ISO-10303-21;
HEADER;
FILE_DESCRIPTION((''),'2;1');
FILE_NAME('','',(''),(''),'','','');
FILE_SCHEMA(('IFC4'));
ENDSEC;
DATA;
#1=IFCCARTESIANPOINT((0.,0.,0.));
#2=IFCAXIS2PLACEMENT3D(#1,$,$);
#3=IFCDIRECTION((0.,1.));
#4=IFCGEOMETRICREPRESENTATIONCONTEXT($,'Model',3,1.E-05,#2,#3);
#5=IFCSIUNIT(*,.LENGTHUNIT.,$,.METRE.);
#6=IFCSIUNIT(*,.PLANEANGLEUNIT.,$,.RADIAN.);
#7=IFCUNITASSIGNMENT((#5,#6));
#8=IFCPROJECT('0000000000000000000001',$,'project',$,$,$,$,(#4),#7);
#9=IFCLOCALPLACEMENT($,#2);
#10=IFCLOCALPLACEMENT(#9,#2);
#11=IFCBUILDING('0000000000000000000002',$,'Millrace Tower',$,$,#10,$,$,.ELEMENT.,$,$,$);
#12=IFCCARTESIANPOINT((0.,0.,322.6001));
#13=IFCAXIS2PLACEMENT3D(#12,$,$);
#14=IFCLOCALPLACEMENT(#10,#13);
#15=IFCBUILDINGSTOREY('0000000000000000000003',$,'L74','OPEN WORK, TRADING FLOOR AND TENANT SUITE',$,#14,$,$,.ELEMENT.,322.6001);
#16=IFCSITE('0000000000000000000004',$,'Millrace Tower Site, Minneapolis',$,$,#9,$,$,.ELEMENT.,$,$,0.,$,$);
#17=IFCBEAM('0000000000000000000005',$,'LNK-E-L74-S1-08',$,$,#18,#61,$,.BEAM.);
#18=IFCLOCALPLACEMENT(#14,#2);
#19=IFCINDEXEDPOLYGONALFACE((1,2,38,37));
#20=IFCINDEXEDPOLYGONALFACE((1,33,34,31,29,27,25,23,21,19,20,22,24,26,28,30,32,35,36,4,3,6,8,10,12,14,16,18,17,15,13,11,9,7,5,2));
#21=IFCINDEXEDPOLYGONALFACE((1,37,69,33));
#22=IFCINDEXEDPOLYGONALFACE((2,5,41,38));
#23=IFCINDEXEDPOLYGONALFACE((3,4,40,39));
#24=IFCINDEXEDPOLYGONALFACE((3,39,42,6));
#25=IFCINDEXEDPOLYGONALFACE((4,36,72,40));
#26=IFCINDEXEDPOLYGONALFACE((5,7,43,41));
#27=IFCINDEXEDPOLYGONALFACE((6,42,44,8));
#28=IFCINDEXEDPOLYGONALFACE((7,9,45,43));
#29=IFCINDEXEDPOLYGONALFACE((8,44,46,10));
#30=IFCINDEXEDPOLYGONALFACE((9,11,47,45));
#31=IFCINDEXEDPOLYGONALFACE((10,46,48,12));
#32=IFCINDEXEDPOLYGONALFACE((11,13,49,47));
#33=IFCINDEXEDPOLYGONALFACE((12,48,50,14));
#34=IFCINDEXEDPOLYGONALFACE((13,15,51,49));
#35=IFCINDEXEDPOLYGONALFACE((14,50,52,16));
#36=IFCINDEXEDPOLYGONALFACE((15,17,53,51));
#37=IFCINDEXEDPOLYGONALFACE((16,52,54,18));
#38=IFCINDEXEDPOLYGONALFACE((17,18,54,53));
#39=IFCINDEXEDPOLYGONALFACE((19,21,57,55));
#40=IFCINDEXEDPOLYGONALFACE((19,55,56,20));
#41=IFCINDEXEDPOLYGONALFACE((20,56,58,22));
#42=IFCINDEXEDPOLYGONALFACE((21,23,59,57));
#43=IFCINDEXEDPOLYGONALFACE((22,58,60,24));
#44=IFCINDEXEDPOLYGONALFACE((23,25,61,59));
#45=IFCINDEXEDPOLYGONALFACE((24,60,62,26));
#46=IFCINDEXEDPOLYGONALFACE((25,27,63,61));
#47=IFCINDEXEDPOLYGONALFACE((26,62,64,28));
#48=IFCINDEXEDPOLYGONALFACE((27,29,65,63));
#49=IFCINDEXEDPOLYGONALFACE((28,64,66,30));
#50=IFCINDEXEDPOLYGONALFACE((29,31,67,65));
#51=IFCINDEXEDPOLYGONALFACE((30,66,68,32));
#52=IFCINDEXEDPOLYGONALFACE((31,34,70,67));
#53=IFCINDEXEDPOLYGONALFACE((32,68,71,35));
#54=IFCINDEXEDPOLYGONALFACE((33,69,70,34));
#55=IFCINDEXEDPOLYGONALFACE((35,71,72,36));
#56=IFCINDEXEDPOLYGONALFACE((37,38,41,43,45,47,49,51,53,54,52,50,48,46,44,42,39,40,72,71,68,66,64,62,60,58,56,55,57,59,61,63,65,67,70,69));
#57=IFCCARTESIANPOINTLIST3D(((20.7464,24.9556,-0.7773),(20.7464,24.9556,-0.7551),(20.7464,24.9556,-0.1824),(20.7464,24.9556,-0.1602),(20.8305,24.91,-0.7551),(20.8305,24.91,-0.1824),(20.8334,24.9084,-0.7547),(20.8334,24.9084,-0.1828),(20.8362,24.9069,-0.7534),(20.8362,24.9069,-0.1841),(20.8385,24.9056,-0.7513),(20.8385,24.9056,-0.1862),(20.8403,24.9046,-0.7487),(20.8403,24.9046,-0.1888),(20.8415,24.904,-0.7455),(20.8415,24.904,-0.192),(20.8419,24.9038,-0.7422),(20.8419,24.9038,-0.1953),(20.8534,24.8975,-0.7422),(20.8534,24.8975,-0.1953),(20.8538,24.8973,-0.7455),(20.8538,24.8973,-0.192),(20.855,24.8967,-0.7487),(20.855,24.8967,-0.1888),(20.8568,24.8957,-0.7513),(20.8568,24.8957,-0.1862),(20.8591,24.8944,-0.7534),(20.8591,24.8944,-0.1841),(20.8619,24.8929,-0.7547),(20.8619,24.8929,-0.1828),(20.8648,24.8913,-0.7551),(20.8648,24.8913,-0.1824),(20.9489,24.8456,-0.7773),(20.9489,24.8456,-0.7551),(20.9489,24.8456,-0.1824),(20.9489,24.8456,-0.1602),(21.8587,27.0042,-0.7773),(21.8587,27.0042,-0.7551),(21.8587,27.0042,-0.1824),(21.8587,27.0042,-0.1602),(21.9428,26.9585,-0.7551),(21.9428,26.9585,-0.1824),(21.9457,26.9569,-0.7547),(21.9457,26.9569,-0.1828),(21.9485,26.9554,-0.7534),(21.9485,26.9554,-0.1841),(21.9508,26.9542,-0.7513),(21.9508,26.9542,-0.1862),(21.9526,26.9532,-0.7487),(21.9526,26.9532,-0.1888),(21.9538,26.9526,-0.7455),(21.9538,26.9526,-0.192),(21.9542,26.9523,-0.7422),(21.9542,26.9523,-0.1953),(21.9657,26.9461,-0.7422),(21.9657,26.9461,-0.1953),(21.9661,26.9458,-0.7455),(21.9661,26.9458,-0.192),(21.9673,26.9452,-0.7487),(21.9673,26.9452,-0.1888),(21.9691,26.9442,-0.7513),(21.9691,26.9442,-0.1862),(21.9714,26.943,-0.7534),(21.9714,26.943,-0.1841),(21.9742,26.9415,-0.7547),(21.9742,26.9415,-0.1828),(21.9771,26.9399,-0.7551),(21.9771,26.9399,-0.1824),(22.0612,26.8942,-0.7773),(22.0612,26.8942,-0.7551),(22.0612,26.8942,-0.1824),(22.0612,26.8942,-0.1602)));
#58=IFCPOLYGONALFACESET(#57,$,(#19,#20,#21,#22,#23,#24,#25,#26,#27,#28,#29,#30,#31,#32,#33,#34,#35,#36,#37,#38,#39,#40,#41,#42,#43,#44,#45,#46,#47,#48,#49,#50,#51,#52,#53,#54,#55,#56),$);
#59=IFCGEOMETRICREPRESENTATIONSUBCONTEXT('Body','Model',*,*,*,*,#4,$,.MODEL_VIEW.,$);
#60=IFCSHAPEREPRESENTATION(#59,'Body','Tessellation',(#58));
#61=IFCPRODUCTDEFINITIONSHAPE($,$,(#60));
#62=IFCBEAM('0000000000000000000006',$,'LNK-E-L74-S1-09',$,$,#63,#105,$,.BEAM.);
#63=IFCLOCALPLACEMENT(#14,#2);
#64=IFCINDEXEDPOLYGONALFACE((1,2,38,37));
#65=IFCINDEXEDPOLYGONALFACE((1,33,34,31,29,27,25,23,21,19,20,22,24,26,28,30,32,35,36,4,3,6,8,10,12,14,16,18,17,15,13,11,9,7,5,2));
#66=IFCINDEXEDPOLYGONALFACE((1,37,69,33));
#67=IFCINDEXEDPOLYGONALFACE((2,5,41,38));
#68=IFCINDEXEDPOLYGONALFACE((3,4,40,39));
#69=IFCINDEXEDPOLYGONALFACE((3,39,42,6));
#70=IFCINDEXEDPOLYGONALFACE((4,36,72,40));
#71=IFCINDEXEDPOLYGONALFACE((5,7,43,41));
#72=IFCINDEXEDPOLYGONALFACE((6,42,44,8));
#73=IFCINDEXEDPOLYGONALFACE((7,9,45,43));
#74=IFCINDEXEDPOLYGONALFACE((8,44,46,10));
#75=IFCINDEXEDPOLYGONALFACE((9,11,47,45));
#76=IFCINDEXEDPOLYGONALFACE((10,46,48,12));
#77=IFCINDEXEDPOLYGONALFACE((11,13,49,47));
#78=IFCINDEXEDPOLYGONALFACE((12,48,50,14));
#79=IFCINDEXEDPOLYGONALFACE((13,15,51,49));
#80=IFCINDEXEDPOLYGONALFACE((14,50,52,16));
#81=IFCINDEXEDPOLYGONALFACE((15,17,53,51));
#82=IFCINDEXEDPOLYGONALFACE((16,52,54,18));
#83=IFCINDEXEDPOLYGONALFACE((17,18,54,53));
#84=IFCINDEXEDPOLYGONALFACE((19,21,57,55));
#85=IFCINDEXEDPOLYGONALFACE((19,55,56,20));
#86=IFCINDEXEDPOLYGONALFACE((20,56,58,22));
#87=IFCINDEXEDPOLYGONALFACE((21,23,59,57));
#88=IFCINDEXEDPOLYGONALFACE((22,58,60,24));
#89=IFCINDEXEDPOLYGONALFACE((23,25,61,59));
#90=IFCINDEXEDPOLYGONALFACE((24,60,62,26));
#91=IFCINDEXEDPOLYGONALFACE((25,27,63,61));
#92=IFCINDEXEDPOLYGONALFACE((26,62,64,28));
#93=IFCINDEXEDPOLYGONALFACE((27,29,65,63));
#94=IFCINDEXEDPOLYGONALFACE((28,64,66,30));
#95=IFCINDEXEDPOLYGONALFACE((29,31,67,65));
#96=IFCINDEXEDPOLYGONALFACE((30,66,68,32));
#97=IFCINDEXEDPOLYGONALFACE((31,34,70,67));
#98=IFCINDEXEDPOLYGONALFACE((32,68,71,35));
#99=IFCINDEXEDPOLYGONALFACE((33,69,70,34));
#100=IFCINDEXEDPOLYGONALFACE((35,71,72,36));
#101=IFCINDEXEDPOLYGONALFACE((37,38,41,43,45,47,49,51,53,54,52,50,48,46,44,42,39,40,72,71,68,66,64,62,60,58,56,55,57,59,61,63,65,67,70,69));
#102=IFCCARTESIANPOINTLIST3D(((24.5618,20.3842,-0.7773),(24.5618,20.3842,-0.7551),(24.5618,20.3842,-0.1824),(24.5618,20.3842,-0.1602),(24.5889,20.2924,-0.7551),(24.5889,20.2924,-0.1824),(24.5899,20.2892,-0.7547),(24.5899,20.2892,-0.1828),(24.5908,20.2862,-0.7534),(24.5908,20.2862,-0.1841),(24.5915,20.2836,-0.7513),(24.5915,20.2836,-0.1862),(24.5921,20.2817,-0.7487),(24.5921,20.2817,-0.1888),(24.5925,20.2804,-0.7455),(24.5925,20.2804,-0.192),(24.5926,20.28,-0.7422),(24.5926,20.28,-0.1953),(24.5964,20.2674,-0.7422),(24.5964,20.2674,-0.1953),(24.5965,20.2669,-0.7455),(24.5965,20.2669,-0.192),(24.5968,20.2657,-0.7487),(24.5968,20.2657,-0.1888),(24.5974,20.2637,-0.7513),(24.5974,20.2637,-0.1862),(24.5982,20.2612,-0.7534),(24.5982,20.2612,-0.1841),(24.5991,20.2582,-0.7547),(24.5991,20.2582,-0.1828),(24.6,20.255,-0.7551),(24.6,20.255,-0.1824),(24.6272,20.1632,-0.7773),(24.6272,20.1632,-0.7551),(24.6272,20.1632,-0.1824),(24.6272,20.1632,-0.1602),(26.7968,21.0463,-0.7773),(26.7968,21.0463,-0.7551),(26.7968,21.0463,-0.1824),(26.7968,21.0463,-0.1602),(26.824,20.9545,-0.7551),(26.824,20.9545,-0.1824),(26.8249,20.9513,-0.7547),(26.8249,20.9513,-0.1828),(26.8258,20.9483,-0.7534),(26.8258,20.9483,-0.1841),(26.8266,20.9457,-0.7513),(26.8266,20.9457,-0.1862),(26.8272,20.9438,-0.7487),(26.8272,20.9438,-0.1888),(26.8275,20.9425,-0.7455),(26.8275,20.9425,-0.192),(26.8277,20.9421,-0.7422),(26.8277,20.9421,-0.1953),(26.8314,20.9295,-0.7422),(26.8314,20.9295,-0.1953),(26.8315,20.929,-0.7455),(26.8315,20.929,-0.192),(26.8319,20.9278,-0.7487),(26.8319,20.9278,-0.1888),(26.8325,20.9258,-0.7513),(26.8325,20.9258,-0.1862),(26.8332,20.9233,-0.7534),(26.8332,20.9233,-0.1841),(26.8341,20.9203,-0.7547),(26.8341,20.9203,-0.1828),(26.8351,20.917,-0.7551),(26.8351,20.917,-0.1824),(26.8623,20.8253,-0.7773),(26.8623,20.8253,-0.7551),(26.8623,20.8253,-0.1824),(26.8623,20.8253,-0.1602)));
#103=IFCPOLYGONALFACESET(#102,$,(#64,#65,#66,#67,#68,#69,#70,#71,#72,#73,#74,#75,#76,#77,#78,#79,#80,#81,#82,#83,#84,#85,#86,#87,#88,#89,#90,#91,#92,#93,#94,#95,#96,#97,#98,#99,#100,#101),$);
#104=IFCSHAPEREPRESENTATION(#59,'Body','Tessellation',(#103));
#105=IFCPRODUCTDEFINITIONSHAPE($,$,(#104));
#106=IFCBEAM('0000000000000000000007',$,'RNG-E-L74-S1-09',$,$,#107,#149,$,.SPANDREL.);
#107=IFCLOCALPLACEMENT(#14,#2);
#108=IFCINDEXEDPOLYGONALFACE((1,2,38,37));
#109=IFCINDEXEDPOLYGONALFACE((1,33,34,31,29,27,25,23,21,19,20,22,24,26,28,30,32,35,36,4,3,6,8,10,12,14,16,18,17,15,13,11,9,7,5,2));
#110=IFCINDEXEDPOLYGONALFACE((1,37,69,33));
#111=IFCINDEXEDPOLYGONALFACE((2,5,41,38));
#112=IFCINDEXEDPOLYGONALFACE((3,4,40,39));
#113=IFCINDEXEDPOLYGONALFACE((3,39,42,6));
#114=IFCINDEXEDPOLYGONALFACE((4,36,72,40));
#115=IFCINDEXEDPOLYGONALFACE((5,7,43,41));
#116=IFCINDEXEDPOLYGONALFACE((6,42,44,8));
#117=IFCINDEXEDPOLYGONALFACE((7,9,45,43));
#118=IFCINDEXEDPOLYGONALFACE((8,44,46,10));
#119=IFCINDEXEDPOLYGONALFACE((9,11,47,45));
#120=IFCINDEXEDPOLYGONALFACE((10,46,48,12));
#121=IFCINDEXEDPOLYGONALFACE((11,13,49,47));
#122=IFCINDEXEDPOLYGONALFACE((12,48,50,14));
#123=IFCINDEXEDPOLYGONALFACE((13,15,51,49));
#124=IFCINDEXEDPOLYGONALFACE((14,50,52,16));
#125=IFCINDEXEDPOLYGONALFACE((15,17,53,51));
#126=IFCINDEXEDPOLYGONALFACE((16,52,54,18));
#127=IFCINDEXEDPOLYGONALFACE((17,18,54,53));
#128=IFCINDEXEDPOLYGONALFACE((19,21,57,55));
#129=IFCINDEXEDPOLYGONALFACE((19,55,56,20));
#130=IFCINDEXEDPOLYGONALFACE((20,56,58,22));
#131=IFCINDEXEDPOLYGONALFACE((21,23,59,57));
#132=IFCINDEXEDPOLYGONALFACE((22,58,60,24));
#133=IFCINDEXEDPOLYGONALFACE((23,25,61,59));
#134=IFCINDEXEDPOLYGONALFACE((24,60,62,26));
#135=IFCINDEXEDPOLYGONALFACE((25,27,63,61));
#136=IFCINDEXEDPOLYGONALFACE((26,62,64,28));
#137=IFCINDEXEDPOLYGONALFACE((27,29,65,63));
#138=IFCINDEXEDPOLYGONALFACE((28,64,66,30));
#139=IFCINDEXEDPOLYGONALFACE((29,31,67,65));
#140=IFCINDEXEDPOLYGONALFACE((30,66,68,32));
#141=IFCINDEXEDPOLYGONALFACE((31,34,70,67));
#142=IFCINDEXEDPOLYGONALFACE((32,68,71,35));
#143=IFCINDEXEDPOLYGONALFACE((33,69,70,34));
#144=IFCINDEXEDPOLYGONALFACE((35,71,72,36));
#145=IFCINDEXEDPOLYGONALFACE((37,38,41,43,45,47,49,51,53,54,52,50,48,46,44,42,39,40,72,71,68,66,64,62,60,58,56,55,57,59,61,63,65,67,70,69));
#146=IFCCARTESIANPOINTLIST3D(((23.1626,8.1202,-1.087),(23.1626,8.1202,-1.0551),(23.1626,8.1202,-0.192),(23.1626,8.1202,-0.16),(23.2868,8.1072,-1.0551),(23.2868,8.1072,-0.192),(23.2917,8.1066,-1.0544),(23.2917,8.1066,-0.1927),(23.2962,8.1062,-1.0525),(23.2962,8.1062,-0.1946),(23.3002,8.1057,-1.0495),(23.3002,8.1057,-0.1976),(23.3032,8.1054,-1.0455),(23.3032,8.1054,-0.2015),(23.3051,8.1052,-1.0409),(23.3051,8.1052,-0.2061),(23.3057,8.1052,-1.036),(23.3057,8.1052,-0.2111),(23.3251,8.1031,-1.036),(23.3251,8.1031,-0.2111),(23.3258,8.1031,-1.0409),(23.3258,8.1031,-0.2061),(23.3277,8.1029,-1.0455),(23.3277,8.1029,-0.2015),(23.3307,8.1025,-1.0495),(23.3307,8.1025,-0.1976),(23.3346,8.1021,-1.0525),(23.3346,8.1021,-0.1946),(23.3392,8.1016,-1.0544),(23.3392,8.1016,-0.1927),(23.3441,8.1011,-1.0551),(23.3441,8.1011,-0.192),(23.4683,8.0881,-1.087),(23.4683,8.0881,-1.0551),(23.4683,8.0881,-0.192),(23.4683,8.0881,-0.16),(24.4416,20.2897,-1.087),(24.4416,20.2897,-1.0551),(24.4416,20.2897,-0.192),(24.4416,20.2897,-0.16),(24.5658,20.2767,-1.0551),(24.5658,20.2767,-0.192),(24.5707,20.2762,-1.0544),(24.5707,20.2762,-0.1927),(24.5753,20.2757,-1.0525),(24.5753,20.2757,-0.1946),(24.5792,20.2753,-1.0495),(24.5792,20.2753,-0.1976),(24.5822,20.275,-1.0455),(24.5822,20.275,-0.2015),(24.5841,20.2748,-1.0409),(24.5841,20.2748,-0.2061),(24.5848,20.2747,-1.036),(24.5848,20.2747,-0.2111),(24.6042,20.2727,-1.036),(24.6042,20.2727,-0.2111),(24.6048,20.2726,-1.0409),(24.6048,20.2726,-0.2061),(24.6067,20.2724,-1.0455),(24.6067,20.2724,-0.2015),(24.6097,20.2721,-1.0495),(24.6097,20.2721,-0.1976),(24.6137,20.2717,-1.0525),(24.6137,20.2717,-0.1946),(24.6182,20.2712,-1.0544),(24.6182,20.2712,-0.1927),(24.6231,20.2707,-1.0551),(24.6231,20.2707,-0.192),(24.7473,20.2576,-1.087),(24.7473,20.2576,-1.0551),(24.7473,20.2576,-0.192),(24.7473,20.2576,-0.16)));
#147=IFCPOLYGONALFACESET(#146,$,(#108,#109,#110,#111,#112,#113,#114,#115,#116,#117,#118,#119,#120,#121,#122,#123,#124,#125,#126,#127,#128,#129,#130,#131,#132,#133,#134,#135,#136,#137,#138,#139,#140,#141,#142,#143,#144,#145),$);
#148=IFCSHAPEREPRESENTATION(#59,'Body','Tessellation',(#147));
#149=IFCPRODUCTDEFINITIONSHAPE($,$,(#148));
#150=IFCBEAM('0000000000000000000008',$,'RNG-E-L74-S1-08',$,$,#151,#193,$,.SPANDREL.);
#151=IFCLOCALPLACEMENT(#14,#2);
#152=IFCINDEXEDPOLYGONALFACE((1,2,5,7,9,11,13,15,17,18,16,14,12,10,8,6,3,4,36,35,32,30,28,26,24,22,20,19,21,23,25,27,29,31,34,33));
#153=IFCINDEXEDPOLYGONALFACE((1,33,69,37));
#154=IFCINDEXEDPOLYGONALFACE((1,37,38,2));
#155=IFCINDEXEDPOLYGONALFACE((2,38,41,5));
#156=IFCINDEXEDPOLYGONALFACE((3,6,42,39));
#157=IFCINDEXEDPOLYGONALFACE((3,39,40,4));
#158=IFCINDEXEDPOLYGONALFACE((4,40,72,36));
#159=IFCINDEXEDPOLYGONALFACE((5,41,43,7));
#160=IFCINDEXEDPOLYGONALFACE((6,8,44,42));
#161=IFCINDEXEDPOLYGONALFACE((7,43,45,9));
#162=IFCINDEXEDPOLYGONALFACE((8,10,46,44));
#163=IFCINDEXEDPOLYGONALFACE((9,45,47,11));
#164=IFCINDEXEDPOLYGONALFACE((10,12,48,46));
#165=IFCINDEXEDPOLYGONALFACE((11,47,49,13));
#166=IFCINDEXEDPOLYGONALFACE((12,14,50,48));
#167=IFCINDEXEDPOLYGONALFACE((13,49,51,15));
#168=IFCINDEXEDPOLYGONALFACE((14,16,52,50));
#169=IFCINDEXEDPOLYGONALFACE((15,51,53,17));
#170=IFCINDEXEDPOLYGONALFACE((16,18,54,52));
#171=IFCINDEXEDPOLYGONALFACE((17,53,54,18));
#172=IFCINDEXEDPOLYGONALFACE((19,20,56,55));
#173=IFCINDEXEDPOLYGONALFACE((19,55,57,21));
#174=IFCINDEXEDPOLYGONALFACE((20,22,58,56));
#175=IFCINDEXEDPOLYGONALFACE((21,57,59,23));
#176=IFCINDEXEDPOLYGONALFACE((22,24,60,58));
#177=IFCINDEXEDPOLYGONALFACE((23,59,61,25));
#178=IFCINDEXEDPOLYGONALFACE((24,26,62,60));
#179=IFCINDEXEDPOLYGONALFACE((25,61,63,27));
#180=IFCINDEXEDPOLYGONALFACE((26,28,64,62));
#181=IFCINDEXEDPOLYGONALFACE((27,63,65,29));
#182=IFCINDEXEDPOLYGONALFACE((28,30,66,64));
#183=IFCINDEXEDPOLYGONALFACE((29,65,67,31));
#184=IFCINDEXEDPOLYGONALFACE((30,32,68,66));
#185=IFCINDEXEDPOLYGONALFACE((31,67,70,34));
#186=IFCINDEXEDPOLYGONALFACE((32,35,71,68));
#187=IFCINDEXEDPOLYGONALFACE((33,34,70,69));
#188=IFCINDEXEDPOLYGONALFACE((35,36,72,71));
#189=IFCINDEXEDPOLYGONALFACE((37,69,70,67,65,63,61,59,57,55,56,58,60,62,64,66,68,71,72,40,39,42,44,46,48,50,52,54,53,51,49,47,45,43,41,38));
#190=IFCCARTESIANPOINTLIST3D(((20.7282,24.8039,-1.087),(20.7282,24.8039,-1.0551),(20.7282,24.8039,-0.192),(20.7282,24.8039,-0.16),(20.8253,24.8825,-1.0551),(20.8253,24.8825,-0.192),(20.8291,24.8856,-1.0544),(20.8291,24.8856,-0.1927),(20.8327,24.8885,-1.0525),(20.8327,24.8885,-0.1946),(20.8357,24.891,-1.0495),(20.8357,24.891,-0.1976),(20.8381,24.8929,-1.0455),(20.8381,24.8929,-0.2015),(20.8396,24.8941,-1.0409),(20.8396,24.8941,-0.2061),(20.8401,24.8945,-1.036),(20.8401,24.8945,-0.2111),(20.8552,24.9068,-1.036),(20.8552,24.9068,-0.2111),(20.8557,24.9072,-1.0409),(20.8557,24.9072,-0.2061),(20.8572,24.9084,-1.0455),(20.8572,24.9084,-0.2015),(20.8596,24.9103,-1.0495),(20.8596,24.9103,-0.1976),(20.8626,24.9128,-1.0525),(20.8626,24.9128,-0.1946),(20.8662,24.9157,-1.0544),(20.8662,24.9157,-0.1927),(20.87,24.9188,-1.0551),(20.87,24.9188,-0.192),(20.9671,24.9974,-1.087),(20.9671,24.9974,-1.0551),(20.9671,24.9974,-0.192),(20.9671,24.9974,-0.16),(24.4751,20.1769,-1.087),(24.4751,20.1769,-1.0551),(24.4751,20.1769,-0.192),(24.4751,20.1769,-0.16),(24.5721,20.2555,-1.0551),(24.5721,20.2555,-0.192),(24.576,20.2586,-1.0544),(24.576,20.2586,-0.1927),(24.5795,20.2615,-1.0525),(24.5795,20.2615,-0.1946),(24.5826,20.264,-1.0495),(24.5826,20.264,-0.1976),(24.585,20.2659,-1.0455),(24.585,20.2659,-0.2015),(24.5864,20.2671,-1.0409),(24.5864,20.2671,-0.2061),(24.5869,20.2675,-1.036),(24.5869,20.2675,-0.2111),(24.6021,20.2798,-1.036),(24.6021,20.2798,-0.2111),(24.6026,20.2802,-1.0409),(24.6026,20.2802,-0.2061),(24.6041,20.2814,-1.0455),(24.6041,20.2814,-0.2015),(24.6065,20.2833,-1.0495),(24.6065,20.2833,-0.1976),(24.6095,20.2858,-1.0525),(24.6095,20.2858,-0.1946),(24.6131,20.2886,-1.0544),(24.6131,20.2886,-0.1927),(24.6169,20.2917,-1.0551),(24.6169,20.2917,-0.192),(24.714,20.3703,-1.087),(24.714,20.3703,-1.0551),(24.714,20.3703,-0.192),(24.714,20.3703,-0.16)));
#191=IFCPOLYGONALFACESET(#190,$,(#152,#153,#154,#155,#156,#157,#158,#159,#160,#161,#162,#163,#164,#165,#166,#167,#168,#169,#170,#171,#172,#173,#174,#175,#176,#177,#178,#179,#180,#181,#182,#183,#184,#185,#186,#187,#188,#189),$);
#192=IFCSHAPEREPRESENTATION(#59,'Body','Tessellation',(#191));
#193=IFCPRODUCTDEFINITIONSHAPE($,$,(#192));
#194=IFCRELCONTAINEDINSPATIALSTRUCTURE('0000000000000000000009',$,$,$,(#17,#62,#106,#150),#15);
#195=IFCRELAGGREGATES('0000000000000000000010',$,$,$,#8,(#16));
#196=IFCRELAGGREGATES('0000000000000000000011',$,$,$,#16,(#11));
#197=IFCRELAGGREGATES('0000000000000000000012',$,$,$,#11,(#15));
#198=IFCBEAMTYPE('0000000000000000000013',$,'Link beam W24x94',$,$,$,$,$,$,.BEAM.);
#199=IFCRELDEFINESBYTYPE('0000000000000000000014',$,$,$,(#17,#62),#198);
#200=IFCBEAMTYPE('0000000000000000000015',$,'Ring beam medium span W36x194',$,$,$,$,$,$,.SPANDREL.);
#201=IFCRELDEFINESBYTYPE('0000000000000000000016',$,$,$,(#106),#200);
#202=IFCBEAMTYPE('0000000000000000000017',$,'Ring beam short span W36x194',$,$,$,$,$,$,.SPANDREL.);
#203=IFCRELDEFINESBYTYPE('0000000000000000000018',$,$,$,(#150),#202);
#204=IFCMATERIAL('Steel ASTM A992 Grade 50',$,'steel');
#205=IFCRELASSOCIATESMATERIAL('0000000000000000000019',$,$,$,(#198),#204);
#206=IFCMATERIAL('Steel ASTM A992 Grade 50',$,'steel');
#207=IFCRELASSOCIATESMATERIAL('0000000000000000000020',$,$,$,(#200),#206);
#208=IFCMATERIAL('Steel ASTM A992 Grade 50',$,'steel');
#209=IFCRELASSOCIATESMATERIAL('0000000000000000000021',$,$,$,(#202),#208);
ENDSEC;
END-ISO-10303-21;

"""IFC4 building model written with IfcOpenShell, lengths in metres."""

from ifc_helpers import new_model, si_unit, direction, frame, origin, origin_2d, place, context, subcontext, project, spatial, i_section, extrude, material, material_profile, profile_set, type_object, element, save


model = new_model("IFC4")

# Units and contexts
model_context = context("Model", 3, precision=1e-05, world=origin(), true_north=direction((0.0, 1.0)))
body_context = subcontext(model_context, "Body", "Model", "MODEL_VIEW")
ifc_project = project(units=[si_unit("LENGTHUNIT", "METRE"), si_unit("PLANEANGLEUNIT", "RADIAN")], contexts=[model_context])

# Site, building, storey
site_placement = place(None, origin())
site = spatial("IfcSite", under=ifc_project, at=site_placement, Name="Millrace Tower Site, Minneapolis", CompositionType="ELEMENT", RefElevation=0.0)
building_placement = place(site_placement, origin())
building = spatial("IfcBuilding", under=site, at=building_placement, Name="Millrace Tower", CompositionType="ELEMENT")
storey_placement = place(building_placement, frame((0.0, 0.0, 322.6001)))
storey = spatial("IfcBuildingStorey", under=building, at=storey_placement, Name="L74", Description="OPEN WORK, TRADING FLOOR AND TENANT SUITE", CompositionType="ELEMENT", Elevation=322.6001)

# Beams
ifc_material_1 = material(Name="Steel ASTM A992 Grade 50", Category="steel")
ifc_material_profile_1 = material_profile(ifc_material_1, i_section(OverallWidth=0.2305, OverallDepth=0.6172, WebThickness=0.0132, FlangeThickness=0.0222, FilletRadius=0.0129, at=origin_2d()))
ifc_profile_set_1 = profile_set([ifc_material_profile_1], Name="Steel ASTM A992 Grade 50")
beam_type_1 = type_object("IfcBeamType", Name="Link beam W24x94", PredefinedType="BEAM", material=ifc_profile_set_1)
for number, where, z_axis, x_axis, name in (
    (1, (20.8477, 24.9006, -0.4688), (0.477164, 0.878815, 0.0), (-0.878815, 0.477164, 0.0), "LNK-E-L74-S1-08"),
    (2, (24.5945, 20.2737, -0.4688), (0.958815, 0.284031, 0.0), (-0.284031, 0.958815, 0.0), "LNK-E-L74-S1-09"),
):
    element("IfcBeam", number, at=place(storey_placement, frame(where, z_axis=z_axis, x_axis=x_axis)), inside=storey, type_object=beam_type_1, Name=name, PredefinedType="BEAM", context=body_context, shape_type="SweptSolid", body=[
        extrude(i_section(OverallWidth=0.2305, OverallDepth=0.6172, WebThickness=0.0132, FlangeThickness=0.0222, FilletRadius=0.0129, at=origin_2d()), origin(), (0.0, 0.0, 1.0), 2.3311),
    ])
ifc_material_2 = material(Name="Steel ASTM A992 Grade 50", Category="steel")
ifc_material_profile_2 = material_profile(ifc_material_2, i_section(OverallWidth=0.3074, OverallDepth=0.927, WebThickness=0.0195, FlangeThickness=0.032, FilletRadius=0.019, at=origin_2d()))
ifc_profile_set_2 = profile_set([ifc_material_profile_2], Name="Steel ASTM A992 Grade 50")
beam_type_2 = type_object("IfcBeamType", Name="Ring beam medium span W36x194", PredefinedType="SPANDREL", material=ifc_profile_set_2)
beam_1_placement = place(storey_placement, frame((24.5945, 20.2737, -0.6235), z_axis=(-0.104528, -0.994522, 0.0), x_axis=(0.994522, -0.104528, 0.0)))
element("IfcBeam", 3, at=beam_1_placement, inside=storey, type_object=beam_type_2, Name="RNG-E-L74-S1-09", PredefinedType="SPANDREL", context=body_context, shape_type="SweptSolid", body=[
    extrude(i_section(OverallWidth=0.3074, OverallDepth=0.927, WebThickness=0.0195, FlangeThickness=0.032, FilletRadius=0.019, at=origin_2d()), origin(), (0.0, 0.0, 1.0), 12.2366),
])
ifc_material_3 = material(Name="Steel ASTM A992 Grade 50", Category="steel")
ifc_material_profile_3 = material_profile(ifc_material_3, i_section(OverallWidth=0.3074, OverallDepth=0.927, WebThickness=0.0195, FlangeThickness=0.032, FilletRadius=0.019, at=origin_2d()))
ifc_profile_set_3 = profile_set([ifc_material_profile_3], Name="Steel ASTM A992 Grade 50")
beam_type_3 = type_object("IfcBeamType", Name="Ring beam short span W36x194", PredefinedType="SPANDREL", material=ifc_profile_set_3)
beam_2_placement = place(storey_placement, frame((20.8477, 24.9006, -0.6235), z_axis=(0.62932, -0.777147, 0.0), x_axis=(0.777147, 0.62932, 0.0)))
element("IfcBeam", 4, at=beam_2_placement, inside=storey, type_object=beam_type_3, Name="RNG-E-L74-S1-08", PredefinedType="SPANDREL", context=body_context, shape_type="SweptSolid", body=[
    extrude(i_section(OverallWidth=0.3074, OverallDepth=0.927, WebThickness=0.0195, FlangeThickness=0.032, FilletRadius=0.019, at=origin_2d()), origin(), (0.0, 0.0, 1.0), 5.9539),
])

save(model, "model.ifc")
